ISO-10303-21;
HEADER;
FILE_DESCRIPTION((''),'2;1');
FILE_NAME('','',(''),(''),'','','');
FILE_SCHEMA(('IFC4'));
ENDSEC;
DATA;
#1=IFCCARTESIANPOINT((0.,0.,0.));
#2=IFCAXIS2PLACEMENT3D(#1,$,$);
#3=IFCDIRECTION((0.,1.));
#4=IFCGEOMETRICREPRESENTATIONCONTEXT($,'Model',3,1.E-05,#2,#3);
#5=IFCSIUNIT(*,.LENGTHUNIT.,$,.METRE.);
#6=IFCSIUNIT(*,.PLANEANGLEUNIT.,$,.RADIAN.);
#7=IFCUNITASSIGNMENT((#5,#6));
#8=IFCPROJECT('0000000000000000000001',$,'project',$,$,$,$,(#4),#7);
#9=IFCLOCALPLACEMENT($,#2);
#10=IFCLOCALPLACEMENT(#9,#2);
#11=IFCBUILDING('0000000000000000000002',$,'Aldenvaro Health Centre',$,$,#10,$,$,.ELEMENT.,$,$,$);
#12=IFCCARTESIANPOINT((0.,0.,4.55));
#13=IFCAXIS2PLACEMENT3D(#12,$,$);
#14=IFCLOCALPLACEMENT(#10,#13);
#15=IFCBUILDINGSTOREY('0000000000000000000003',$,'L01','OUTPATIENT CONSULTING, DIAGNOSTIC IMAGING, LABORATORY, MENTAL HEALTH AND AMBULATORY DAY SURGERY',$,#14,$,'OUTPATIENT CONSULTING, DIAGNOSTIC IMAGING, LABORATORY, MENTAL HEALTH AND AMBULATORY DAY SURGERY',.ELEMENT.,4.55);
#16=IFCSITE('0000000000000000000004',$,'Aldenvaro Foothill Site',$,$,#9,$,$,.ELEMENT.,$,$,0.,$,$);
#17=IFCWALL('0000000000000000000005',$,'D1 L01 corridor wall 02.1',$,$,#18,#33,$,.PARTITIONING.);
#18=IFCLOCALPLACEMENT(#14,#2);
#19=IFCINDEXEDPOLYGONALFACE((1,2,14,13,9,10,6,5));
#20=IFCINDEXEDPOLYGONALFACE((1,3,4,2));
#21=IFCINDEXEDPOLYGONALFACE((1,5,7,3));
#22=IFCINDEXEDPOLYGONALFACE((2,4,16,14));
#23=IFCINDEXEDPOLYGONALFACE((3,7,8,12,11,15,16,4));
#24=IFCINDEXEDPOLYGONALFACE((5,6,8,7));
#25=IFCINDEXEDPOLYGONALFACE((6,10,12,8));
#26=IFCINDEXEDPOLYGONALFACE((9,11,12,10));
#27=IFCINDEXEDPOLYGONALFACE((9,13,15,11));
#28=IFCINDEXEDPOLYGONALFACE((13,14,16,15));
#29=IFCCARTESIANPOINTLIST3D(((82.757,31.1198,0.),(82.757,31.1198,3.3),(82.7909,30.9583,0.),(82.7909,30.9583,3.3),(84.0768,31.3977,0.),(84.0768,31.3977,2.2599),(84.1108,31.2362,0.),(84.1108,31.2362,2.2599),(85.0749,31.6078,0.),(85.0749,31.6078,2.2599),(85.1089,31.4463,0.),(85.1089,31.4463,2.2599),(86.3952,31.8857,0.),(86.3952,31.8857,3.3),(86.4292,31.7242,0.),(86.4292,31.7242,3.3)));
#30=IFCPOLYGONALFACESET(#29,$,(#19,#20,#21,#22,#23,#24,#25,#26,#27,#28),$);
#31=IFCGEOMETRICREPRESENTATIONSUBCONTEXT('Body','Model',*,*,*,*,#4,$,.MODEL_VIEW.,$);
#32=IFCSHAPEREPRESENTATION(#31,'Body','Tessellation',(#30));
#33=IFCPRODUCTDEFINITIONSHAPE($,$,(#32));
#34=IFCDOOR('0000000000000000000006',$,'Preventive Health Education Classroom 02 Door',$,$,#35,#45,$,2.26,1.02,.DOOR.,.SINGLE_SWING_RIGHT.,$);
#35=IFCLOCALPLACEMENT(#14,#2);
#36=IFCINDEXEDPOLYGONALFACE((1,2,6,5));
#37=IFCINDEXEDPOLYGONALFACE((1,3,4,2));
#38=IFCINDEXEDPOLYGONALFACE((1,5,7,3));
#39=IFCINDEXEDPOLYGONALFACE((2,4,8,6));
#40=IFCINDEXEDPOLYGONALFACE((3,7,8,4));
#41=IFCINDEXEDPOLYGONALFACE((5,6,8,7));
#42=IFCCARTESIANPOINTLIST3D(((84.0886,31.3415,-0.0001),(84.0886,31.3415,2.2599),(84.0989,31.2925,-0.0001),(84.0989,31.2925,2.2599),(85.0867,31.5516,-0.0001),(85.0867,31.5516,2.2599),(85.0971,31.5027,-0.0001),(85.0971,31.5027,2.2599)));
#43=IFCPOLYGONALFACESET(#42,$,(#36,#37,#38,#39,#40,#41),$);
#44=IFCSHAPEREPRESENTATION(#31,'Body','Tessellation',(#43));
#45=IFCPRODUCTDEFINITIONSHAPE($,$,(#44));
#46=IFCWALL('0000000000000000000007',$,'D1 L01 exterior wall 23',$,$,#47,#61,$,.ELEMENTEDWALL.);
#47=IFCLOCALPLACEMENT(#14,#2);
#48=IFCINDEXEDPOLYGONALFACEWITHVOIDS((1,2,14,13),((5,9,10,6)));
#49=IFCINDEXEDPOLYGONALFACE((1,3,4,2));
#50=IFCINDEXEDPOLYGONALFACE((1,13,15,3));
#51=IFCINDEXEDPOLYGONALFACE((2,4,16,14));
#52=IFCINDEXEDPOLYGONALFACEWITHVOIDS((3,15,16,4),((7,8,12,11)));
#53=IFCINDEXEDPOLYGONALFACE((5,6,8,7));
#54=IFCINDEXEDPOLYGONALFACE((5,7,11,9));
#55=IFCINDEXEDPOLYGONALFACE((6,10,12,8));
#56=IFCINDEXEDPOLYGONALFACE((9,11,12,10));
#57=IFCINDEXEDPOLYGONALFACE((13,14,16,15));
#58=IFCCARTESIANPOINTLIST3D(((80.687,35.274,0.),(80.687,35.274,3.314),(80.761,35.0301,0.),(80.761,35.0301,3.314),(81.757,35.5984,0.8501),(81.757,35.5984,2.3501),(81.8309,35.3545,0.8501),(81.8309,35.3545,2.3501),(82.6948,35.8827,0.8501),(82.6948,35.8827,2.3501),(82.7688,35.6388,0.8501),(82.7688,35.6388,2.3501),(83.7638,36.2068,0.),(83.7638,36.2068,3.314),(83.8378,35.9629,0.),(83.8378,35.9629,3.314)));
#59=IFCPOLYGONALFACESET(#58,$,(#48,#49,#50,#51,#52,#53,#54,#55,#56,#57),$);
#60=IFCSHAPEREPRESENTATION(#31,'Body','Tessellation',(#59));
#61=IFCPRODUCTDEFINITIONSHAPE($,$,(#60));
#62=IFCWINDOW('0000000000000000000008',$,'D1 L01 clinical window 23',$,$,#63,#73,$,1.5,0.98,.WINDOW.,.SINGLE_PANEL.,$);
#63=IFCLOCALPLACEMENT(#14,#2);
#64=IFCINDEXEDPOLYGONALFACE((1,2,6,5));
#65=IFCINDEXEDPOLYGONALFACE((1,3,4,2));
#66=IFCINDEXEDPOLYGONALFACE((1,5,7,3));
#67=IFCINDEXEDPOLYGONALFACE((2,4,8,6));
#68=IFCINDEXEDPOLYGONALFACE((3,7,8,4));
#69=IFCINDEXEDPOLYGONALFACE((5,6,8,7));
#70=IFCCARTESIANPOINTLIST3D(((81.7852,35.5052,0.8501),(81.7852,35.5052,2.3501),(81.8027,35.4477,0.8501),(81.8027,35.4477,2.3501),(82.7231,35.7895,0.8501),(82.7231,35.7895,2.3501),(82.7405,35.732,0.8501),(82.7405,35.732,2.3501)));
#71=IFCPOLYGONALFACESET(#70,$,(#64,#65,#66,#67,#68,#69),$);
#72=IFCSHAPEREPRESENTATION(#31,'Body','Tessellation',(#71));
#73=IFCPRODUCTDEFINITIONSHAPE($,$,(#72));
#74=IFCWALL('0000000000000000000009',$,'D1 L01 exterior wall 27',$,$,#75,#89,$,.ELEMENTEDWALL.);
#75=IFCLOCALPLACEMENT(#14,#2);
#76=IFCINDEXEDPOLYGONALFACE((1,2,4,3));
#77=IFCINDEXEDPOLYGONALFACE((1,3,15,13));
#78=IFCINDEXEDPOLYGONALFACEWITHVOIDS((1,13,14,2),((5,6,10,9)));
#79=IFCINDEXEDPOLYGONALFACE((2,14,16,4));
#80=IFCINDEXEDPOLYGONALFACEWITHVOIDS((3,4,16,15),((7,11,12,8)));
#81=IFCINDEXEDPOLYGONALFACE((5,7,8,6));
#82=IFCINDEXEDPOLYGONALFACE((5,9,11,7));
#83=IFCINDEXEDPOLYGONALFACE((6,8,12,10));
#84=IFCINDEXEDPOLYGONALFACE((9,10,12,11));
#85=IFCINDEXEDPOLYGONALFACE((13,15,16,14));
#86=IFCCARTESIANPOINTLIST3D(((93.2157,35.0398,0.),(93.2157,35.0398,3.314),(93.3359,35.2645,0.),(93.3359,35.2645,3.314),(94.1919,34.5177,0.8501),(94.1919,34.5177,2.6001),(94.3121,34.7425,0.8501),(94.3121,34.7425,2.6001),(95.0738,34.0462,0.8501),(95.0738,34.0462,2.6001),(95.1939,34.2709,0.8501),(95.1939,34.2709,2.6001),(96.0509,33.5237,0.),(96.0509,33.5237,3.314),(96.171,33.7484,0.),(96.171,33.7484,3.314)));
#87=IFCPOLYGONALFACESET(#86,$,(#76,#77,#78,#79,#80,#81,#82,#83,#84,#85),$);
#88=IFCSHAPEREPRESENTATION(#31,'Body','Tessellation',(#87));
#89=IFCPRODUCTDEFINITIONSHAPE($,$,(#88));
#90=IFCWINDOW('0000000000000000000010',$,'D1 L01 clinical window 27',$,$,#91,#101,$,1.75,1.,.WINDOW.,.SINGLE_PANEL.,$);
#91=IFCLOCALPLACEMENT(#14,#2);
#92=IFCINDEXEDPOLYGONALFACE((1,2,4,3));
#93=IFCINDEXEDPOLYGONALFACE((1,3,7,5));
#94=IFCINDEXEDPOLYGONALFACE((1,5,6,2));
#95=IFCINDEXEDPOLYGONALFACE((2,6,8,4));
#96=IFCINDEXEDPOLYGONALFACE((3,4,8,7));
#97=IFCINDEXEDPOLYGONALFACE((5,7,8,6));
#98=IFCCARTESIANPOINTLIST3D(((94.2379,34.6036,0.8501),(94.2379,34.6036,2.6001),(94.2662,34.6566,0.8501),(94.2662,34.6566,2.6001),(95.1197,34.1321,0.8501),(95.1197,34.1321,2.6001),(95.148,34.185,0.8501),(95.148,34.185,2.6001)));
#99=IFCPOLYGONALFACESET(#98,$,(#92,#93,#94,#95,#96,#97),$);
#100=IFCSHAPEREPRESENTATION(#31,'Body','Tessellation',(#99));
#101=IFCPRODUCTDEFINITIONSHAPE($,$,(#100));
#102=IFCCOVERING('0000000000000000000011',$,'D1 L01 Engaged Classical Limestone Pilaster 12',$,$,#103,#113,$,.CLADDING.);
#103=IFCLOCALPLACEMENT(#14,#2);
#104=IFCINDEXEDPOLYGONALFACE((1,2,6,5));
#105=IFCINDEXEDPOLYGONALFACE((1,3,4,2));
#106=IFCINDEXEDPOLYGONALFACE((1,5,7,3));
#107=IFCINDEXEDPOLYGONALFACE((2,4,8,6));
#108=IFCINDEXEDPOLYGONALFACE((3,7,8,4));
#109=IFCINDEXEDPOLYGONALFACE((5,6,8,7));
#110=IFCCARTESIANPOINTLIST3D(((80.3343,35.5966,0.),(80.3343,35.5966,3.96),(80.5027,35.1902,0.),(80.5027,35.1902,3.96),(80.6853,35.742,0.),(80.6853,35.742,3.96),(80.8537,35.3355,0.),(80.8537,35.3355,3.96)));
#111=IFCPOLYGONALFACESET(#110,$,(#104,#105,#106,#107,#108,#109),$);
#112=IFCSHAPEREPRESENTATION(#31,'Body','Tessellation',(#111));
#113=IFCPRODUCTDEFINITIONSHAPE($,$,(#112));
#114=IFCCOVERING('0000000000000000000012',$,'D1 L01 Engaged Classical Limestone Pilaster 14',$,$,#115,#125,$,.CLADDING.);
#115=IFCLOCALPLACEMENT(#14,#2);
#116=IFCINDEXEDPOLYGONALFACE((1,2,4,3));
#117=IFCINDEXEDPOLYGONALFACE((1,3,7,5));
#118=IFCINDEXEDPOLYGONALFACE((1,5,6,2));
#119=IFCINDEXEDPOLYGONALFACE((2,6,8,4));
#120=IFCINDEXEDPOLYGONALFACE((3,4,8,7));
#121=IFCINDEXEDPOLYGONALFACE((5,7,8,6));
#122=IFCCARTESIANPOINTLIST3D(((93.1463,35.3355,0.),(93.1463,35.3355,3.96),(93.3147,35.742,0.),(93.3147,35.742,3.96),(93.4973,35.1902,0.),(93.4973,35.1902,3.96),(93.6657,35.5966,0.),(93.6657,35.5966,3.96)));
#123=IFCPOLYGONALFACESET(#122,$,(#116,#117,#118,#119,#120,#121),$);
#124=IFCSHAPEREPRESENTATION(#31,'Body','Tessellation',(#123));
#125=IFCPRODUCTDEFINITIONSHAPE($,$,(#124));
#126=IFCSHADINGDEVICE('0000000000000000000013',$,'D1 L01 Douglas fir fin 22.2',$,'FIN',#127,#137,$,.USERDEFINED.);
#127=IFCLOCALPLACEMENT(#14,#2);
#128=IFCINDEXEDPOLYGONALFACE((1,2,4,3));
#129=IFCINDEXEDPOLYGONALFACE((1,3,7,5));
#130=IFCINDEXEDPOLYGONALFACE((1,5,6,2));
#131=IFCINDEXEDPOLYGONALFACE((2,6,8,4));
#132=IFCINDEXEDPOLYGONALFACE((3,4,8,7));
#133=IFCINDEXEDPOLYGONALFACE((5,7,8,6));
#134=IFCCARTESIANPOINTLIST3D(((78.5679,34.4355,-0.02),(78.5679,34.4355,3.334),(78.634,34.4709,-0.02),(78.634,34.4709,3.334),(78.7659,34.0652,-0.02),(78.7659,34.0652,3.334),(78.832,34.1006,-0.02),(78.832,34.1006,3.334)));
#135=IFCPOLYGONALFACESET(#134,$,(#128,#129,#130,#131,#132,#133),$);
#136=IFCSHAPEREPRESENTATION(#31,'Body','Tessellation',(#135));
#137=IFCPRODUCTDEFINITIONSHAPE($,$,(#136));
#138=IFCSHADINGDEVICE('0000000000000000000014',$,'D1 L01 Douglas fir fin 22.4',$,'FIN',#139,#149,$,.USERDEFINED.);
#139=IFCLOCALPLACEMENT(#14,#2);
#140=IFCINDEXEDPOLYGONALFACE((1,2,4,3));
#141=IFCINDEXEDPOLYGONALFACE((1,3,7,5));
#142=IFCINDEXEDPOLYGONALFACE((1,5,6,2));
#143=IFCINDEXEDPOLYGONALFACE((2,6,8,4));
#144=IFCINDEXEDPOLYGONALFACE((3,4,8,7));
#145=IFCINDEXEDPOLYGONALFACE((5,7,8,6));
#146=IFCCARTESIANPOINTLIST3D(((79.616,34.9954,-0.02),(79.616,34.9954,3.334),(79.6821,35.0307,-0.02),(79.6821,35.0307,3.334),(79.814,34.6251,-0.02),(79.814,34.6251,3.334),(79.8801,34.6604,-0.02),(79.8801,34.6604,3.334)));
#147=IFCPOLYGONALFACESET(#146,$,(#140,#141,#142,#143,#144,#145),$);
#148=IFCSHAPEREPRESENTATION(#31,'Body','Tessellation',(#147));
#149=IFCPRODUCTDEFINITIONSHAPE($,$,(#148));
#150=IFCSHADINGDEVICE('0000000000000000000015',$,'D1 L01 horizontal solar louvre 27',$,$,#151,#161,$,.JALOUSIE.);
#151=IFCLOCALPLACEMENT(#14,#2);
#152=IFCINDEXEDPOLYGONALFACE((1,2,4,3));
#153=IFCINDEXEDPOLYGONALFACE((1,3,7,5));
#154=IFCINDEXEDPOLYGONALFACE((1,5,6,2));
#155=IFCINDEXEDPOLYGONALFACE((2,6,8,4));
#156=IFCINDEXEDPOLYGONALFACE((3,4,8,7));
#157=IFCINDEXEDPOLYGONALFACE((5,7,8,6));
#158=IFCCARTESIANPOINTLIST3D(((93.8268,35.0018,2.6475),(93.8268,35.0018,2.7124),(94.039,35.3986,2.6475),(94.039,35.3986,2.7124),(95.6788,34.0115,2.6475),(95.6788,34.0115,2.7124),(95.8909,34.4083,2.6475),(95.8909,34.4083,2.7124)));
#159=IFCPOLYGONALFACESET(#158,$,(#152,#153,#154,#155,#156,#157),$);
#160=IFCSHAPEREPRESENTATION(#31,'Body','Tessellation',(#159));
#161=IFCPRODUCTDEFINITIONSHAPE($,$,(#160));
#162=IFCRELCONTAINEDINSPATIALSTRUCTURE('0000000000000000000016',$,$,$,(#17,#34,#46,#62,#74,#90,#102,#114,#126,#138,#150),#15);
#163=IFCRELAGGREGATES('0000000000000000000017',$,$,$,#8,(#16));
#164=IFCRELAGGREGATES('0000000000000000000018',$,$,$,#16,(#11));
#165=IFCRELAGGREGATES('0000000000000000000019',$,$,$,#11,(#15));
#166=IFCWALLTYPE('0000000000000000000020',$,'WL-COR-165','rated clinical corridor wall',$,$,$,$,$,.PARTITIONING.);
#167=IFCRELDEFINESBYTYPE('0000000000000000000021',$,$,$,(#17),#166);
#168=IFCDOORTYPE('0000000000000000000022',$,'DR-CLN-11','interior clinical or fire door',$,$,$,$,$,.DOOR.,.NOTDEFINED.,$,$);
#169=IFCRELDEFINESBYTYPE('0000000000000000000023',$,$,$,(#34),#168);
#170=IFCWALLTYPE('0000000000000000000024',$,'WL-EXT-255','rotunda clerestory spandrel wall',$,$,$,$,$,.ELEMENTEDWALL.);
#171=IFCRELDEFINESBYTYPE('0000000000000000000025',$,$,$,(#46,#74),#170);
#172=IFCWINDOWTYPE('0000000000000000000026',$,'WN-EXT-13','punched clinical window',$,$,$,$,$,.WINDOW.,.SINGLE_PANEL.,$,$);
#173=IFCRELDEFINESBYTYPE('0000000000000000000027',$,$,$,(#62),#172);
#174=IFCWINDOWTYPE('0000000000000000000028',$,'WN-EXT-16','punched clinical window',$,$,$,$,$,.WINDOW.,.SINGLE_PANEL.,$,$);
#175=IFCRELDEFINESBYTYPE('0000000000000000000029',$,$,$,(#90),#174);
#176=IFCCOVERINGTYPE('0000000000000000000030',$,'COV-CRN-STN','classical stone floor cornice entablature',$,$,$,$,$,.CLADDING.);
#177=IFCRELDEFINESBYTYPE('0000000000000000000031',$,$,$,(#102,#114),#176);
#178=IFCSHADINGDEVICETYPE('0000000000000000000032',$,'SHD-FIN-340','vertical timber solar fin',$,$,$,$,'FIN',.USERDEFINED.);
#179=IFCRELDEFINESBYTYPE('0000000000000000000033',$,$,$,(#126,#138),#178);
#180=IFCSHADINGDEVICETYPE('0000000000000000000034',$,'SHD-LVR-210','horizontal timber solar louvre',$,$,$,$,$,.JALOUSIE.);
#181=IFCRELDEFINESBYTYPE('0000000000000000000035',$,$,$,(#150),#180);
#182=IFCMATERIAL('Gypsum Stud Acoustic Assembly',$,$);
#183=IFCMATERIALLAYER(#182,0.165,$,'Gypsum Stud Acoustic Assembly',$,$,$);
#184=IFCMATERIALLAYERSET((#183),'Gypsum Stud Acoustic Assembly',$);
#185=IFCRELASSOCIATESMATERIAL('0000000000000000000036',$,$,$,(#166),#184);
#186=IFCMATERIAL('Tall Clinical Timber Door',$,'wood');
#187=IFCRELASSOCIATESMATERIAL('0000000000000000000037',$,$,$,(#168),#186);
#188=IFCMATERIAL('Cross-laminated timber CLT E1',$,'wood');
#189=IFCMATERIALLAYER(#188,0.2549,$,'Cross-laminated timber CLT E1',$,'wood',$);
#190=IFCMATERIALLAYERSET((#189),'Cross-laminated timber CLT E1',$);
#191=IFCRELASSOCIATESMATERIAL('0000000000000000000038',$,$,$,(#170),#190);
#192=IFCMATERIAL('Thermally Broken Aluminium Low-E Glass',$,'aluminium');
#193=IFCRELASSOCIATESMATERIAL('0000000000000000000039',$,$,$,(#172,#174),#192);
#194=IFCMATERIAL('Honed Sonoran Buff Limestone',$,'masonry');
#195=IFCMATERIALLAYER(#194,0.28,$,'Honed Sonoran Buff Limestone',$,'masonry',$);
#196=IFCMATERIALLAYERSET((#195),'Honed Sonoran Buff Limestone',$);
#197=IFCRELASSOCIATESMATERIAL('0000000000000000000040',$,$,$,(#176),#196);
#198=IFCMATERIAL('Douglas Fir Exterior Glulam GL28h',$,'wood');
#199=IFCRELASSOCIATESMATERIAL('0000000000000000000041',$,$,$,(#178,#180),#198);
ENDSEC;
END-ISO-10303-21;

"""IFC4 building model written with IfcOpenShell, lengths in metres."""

from ifc_helpers import new_model, si_unit, direction, frame, frame_2d, origin, origin_2d, place, context, subcontext, project, spatial, rectangle, extrude, material, layer, layer_set, type_object, element, fill, save


model = new_model("IFC4")

# Units and contexts
model_context = context("Model", 3, precision=1e-05, world=origin(), true_north=direction((0.0, 1.0)))
body_context = subcontext(model_context, "Body", "Model", "MODEL_VIEW")
ifc_project = project(units=[si_unit("LENGTHUNIT", "METRE"), si_unit("PLANEANGLEUNIT", "RADIAN")], contexts=[model_context])

# Site, building, storey
site_placement = place(None, origin())
site = spatial("IfcSite", under=ifc_project, at=site_placement, Name="Aldenvaro Foothill Site", CompositionType="ELEMENT", RefElevation=0.0)
building_placement = place(site_placement, origin())
building = spatial("IfcBuilding", under=site, at=building_placement, Name="Aldenvaro Health Centre", CompositionType="ELEMENT")
storey_placement = place(building_placement, frame((0.0, 0.0, 4.55)))
storey = spatial("IfcBuildingStorey", under=building, at=storey_placement, Name="L01", Description="OUTPATIENT CONSULTING, DIAGNOSTIC IMAGING, LABORATORY, MENTAL HEALTH AND AMBULATORY DAY SURGERY", LongName="OUTPATIENT CONSULTING, DIAGNOSTIC IMAGING, LABORATORY, MENTAL HEALTH AND AMBULATORY DAY SURGERY", CompositionType="ELEMENT", Elevation=4.55)

# Shared definitions
ifc_material_1 = material(Name="Gypsum Stud Acoustic Assembly")

# Wall, opening, door
ifc_layer_1 = layer(ifc_material_1, 0.165, Name="Gypsum Stud Acoustic Assembly")
ifc_layer_set_1 = layer_set([ifc_layer_1], Name="Gypsum Stud Acoustic Assembly")
wall_type_1 = type_object("IfcWallType", Name="WL-COR-165", Description="rated clinical corridor wall", PredefinedType="PARTITIONING", material=ifc_layer_set_1)
wall_1_placement = place(storey_placement, frame((86.4121, 31.8049, 0.0), z_axis=(0.0, 0.0, 1.0), x_axis=(-0.978553, -0.205994, 0.0)))
wall_1 = element("IfcWall", 1, at=wall_1_placement, inside=storey, type_object=wall_type_1, Name="D1 L01 corridor wall 02.1", PredefinedType="PARTITIONING", context=body_context, shape_type="SweptSolid", body=[
    extrude(rectangle(XDim=3.718, YDim=0.165, at=frame_2d((1.8589, 0.0))), origin(), (0.0, 0.0, 1.0), 3.3),
])
opening_1_placement = place(wall_1_placement, frame((1.3491, 0.0, 0.0)))
opening_1 = element("IfcOpeningElement", 2, at=opening_1_placement, cuts=wall_1, PredefinedType="OPENING", context=body_context, shape_type="SweptSolid", body=[
    extrude(rectangle(XDim=1.02, YDim=2.26, at=frame_2d((0.51, 1.1299))), frame((0.0, 0.0925, 0.0), z_axis=(0.0, -1.0, 0.0), x_axis=(1.0, 0.0, 0.0)), (0.0, 0.0, 1.0), 0.1851),
])
ifc_material_2 = material(Name="Tall Clinical Timber Door", Category="wood")
door_type = type_object("IfcDoorType", Name="DR-CLN-11", Description="interior clinical or fire door", OperationType="NOTDEFINED", PredefinedType="DOOR", material=ifc_material_2)
door_placement = place(opening_1_placement, origin())
door = element("IfcDoor", 3, at=door_placement, inside=storey, type_object=door_type, Name="Preventive Health Education Classroom 02 Door", OperationType="SINGLE_SWING_RIGHT", OverallHeight=2.26, OverallWidth=1.02, PredefinedType="DOOR", context=body_context, shape_type="SweptSolid", body=[
    extrude(rectangle(XDim=1.02, YDim=2.26, at=frame_2d((0.51, 1.1299))), frame((0.0, 0.0249, 0.0), z_axis=(0.0, -1.0, 0.0), x_axis=(1.0, 0.0, 0.0)), (0.0, 0.0, 1.0), 0.05),
])
fill(opening_1, door)

# Walls, openings, windows
ifc_material_3 = material(Name="Cross-laminated timber CLT E1", Category="wood")
ifc_layer_2 = layer(ifc_material_3, 0.2549, Name="Cross-laminated timber CLT E1", Category="wood")
ifc_layer_set_2 = layer_set([ifc_layer_2], Name="Cross-laminated timber CLT E1")
wall_type_2 = type_object("IfcWallType", Name="WL-EXT-255", Description="rotunda clerestory spandrel wall", PredefinedType="ELEMENTEDWALL", material=ifc_layer_set_2)
wall_2_placement = place(storey_placement, frame((80.7241, 35.1521, 0.0), z_axis=(0.0, 0.0, 1.0), x_axis=(0.956984, 0.29014, 0.0)))
wall_2 = element("IfcWall", 4, at=wall_2_placement, inside=storey, type_object=wall_type_2, Name="D1 L01 exterior wall 23", PredefinedType="ELEMENTEDWALL", context=body_context, shape_type="SweptSolid", body=[
    extrude(rectangle(XDim=3.2151, YDim=0.2549, at=frame_2d((1.6074, 0.0))), origin(), (0.0, 0.0, 1.0), 3.314),
])
opening_2_placement = place(wall_2_placement, frame((1.1179, 0.0, 0.8501)))
opening_2 = element("IfcOpeningElement", 5, at=opening_2_placement, cuts=wall_2, PredefinedType="OPENING", context=body_context, shape_type="SweptSolid", body=[
    extrude(rectangle(XDim=0.98, YDim=1.5, at=frame_2d((0.49, 0.75))), frame((0.0, 0.1375, 0.0), z_axis=(0.0, -1.0, 0.0), x_axis=(1.0, 0.0, 0.0)), (0.0, 0.0, 1.0), 0.2749),
])
ifc_material_4 = material(Name="Thermally Broken Aluminium Low-E Glass", Category="aluminium")
window_type_1 = type_object("IfcWindowType", Name="WN-EXT-13", Description="punched clinical window", PartitioningType="SINGLE_PANEL", PredefinedType="WINDOW", material=ifc_material_4)
window_1_placement = place(opening_2_placement, origin())
window_1 = element("IfcWindow", 6, at=window_1_placement, inside=storey, type_object=window_type_1, Name="D1 L01 clinical window 23", OverallHeight=1.5, OverallWidth=0.98, PartitioningType="SINGLE_PANEL", PredefinedType="WINDOW", context=body_context, shape_type="SweptSolid", body=[
    extrude(rectangle(XDim=0.98, YDim=1.5, at=frame_2d((0.49, 0.75))), frame((0.0, 0.03, 0.0), z_axis=(0.0, -1.0, 0.0), x_axis=(1.0, 0.0, 0.0)), (0.0, 0.0, 1.0), 0.0601),
])
fill(opening_2, window_1)
wall_3_placement = place(storey_placement, frame((93.2759, 35.1521, 0.0), z_axis=(0.0, 0.0, 1.0), x_axis=(0.881835, -0.471558, 0.0)))
wall_3 = element("IfcWall", 7, at=wall_3_placement, inside=storey, type_object=wall_type_2, Name="D1 L01 exterior wall 27", PredefinedType="ELEMENTEDWALL", context=body_context, shape_type="SweptSolid", body=[
    extrude(rectangle(XDim=3.2151, YDim=0.2549, at=frame_2d((1.6074, 0.0))), origin(), (0.0, 0.0, 1.0), 3.314),
])
opening_3_placement = place(wall_3_placement, frame((1.1069, 0.0, 0.8501)))
opening_3 = element("IfcOpeningElement", 8, at=opening_3_placement, cuts=wall_3, PredefinedType="OPENING", context=body_context, shape_type="SweptSolid", body=[
    extrude(rectangle(XDim=1.0, YDim=1.75, at=frame_2d((0.5, 0.875))), frame((0.0, 0.1375, 0.0), z_axis=(0.0, -1.0, 0.0), x_axis=(1.0, 0.0, 0.0)), (0.0, 0.0, 1.0), 0.2749),
])
window_type_2 = type_object("IfcWindowType", Name="WN-EXT-16", Description="punched clinical window", PartitioningType="SINGLE_PANEL", PredefinedType="WINDOW", material=ifc_material_4)
window_2_placement = place(opening_3_placement, origin())
window_2 = element("IfcWindow", 9, at=window_2_placement, inside=storey, type_object=window_type_2, Name="D1 L01 clinical window 27", OverallHeight=1.75, OverallWidth=1.0, PartitioningType="SINGLE_PANEL", PredefinedType="WINDOW", context=body_context, shape_type="SweptSolid", body=[
    extrude(rectangle(XDim=1.0, YDim=1.75, at=frame_2d((0.5, 0.875))), frame((0.0, 0.03, 0.0), z_axis=(0.0, -1.0, 0.0), x_axis=(1.0, 0.0, 0.0)), (0.0, 0.0, 1.0), 0.0601),
])
fill(opening_3, window_2)

# Coverings
ifc_material_5 = material(Name="Honed Sonoran Buff Limestone", Category="masonry")
ifc_layer_3 = layer(ifc_material_5, 0.28, Name="Honed Sonoran Buff Limestone", Category="masonry")
ifc_layer_set_3 = layer_set([ifc_layer_3], Name="Honed Sonoran Buff Limestone")
covering_type = type_object("IfcCoveringType", Name="COV-CRN-STN", Description="classical stone floor cornice entablature", PredefinedType="CLADDING", material=ifc_layer_set_3)
for number, where, z_axis, x_axis, name in (
    (10, (80.594, 35.4661, 0.0), (0.0, 0.0, 1.0), (-0.382675, 0.923883, 0.0), "D1 L01 Engaged Classical Limestone Pilaster 12"),
    (11, (93.406, 35.4661, 0.0), (0.0, 0.0, 1.0), (0.382675, 0.923883, 0.0), "D1 L01 Engaged Classical Limestone Pilaster 14"),
):
    element("IfcCovering", number, at=place(storey_placement, frame(where, z_axis=z_axis, x_axis=x_axis)), inside=storey, type_object=covering_type, Name=name, PredefinedType="CLADDING", context=body_context, shape_type="SweptSolid", body=[
        extrude(rectangle(XDim=0.4399, YDim=0.3799, at=origin_2d()), origin(), (0.0, 0.0, 1.0), 3.96),
    ])

# Shading devices
ifc_material_6 = material(Name="Douglas Fir Exterior Glulam GL28h", Category="wood")
shading_device_type_1 = type_object("IfcShadingDeviceType", Name="SHD-FIN-340", Description="vertical timber solar fin", ElementType="FIN", PredefinedType="USERDEFINED", material=ifc_material_6)
for number, where, z_axis, x_axis, name in (
    (12, (78.7, 34.2681, -0.02), (0.0, 0.0, 1.0), (0.881836, 0.471557, 0.0), "D1 L01 Douglas fir fin 22.2"),
    (13, (79.748, 34.8279, -0.02), (0.0, 0.0, 1.0), (0.881836, 0.471557, 0.0), "D1 L01 Douglas fir fin 22.4"),
):
    element("IfcShadingDevice", number, at=place(storey_placement, frame(where, z_axis=z_axis, x_axis=x_axis)), inside=storey, type_object=shading_device_type_1, Name=name, ObjectType="FIN", PredefinedType="USERDEFINED", context=body_context, shape_type="SweptSolid", body=[
        extrude(rectangle(XDim=0.075, YDim=0.4199, at=origin_2d()), origin(), (0.0, 0.0, 1.0), 3.354),
    ])
shading_device_type_2 = type_object("IfcShadingDeviceType", Name="SHD-LVR-210", Description="horizontal timber solar louvre", PredefinedType="JALOUSIE", material=ifc_material_6)
shading_device_placement = place(storey_placement, frame((94.8589, 34.7051, 2.6475), z_axis=(0.0, 0.0, 1.0), x_axis=(0.881836, -0.471557, 0.0)))
element("IfcShadingDevice", 14, at=shading_device_placement, inside=storey, type_object=shading_device_type_2, Name="D1 L01 horizontal solar louvre 27", PredefinedType="JALOUSIE", context=body_context, shape_type="SweptSolid", body=[
    extrude(rectangle(XDim=2.1001, YDim=0.45, at=origin_2d()), origin(), (0.0, 0.0, 1.0), 0.0649),
])

save(model, "model.ifc")
